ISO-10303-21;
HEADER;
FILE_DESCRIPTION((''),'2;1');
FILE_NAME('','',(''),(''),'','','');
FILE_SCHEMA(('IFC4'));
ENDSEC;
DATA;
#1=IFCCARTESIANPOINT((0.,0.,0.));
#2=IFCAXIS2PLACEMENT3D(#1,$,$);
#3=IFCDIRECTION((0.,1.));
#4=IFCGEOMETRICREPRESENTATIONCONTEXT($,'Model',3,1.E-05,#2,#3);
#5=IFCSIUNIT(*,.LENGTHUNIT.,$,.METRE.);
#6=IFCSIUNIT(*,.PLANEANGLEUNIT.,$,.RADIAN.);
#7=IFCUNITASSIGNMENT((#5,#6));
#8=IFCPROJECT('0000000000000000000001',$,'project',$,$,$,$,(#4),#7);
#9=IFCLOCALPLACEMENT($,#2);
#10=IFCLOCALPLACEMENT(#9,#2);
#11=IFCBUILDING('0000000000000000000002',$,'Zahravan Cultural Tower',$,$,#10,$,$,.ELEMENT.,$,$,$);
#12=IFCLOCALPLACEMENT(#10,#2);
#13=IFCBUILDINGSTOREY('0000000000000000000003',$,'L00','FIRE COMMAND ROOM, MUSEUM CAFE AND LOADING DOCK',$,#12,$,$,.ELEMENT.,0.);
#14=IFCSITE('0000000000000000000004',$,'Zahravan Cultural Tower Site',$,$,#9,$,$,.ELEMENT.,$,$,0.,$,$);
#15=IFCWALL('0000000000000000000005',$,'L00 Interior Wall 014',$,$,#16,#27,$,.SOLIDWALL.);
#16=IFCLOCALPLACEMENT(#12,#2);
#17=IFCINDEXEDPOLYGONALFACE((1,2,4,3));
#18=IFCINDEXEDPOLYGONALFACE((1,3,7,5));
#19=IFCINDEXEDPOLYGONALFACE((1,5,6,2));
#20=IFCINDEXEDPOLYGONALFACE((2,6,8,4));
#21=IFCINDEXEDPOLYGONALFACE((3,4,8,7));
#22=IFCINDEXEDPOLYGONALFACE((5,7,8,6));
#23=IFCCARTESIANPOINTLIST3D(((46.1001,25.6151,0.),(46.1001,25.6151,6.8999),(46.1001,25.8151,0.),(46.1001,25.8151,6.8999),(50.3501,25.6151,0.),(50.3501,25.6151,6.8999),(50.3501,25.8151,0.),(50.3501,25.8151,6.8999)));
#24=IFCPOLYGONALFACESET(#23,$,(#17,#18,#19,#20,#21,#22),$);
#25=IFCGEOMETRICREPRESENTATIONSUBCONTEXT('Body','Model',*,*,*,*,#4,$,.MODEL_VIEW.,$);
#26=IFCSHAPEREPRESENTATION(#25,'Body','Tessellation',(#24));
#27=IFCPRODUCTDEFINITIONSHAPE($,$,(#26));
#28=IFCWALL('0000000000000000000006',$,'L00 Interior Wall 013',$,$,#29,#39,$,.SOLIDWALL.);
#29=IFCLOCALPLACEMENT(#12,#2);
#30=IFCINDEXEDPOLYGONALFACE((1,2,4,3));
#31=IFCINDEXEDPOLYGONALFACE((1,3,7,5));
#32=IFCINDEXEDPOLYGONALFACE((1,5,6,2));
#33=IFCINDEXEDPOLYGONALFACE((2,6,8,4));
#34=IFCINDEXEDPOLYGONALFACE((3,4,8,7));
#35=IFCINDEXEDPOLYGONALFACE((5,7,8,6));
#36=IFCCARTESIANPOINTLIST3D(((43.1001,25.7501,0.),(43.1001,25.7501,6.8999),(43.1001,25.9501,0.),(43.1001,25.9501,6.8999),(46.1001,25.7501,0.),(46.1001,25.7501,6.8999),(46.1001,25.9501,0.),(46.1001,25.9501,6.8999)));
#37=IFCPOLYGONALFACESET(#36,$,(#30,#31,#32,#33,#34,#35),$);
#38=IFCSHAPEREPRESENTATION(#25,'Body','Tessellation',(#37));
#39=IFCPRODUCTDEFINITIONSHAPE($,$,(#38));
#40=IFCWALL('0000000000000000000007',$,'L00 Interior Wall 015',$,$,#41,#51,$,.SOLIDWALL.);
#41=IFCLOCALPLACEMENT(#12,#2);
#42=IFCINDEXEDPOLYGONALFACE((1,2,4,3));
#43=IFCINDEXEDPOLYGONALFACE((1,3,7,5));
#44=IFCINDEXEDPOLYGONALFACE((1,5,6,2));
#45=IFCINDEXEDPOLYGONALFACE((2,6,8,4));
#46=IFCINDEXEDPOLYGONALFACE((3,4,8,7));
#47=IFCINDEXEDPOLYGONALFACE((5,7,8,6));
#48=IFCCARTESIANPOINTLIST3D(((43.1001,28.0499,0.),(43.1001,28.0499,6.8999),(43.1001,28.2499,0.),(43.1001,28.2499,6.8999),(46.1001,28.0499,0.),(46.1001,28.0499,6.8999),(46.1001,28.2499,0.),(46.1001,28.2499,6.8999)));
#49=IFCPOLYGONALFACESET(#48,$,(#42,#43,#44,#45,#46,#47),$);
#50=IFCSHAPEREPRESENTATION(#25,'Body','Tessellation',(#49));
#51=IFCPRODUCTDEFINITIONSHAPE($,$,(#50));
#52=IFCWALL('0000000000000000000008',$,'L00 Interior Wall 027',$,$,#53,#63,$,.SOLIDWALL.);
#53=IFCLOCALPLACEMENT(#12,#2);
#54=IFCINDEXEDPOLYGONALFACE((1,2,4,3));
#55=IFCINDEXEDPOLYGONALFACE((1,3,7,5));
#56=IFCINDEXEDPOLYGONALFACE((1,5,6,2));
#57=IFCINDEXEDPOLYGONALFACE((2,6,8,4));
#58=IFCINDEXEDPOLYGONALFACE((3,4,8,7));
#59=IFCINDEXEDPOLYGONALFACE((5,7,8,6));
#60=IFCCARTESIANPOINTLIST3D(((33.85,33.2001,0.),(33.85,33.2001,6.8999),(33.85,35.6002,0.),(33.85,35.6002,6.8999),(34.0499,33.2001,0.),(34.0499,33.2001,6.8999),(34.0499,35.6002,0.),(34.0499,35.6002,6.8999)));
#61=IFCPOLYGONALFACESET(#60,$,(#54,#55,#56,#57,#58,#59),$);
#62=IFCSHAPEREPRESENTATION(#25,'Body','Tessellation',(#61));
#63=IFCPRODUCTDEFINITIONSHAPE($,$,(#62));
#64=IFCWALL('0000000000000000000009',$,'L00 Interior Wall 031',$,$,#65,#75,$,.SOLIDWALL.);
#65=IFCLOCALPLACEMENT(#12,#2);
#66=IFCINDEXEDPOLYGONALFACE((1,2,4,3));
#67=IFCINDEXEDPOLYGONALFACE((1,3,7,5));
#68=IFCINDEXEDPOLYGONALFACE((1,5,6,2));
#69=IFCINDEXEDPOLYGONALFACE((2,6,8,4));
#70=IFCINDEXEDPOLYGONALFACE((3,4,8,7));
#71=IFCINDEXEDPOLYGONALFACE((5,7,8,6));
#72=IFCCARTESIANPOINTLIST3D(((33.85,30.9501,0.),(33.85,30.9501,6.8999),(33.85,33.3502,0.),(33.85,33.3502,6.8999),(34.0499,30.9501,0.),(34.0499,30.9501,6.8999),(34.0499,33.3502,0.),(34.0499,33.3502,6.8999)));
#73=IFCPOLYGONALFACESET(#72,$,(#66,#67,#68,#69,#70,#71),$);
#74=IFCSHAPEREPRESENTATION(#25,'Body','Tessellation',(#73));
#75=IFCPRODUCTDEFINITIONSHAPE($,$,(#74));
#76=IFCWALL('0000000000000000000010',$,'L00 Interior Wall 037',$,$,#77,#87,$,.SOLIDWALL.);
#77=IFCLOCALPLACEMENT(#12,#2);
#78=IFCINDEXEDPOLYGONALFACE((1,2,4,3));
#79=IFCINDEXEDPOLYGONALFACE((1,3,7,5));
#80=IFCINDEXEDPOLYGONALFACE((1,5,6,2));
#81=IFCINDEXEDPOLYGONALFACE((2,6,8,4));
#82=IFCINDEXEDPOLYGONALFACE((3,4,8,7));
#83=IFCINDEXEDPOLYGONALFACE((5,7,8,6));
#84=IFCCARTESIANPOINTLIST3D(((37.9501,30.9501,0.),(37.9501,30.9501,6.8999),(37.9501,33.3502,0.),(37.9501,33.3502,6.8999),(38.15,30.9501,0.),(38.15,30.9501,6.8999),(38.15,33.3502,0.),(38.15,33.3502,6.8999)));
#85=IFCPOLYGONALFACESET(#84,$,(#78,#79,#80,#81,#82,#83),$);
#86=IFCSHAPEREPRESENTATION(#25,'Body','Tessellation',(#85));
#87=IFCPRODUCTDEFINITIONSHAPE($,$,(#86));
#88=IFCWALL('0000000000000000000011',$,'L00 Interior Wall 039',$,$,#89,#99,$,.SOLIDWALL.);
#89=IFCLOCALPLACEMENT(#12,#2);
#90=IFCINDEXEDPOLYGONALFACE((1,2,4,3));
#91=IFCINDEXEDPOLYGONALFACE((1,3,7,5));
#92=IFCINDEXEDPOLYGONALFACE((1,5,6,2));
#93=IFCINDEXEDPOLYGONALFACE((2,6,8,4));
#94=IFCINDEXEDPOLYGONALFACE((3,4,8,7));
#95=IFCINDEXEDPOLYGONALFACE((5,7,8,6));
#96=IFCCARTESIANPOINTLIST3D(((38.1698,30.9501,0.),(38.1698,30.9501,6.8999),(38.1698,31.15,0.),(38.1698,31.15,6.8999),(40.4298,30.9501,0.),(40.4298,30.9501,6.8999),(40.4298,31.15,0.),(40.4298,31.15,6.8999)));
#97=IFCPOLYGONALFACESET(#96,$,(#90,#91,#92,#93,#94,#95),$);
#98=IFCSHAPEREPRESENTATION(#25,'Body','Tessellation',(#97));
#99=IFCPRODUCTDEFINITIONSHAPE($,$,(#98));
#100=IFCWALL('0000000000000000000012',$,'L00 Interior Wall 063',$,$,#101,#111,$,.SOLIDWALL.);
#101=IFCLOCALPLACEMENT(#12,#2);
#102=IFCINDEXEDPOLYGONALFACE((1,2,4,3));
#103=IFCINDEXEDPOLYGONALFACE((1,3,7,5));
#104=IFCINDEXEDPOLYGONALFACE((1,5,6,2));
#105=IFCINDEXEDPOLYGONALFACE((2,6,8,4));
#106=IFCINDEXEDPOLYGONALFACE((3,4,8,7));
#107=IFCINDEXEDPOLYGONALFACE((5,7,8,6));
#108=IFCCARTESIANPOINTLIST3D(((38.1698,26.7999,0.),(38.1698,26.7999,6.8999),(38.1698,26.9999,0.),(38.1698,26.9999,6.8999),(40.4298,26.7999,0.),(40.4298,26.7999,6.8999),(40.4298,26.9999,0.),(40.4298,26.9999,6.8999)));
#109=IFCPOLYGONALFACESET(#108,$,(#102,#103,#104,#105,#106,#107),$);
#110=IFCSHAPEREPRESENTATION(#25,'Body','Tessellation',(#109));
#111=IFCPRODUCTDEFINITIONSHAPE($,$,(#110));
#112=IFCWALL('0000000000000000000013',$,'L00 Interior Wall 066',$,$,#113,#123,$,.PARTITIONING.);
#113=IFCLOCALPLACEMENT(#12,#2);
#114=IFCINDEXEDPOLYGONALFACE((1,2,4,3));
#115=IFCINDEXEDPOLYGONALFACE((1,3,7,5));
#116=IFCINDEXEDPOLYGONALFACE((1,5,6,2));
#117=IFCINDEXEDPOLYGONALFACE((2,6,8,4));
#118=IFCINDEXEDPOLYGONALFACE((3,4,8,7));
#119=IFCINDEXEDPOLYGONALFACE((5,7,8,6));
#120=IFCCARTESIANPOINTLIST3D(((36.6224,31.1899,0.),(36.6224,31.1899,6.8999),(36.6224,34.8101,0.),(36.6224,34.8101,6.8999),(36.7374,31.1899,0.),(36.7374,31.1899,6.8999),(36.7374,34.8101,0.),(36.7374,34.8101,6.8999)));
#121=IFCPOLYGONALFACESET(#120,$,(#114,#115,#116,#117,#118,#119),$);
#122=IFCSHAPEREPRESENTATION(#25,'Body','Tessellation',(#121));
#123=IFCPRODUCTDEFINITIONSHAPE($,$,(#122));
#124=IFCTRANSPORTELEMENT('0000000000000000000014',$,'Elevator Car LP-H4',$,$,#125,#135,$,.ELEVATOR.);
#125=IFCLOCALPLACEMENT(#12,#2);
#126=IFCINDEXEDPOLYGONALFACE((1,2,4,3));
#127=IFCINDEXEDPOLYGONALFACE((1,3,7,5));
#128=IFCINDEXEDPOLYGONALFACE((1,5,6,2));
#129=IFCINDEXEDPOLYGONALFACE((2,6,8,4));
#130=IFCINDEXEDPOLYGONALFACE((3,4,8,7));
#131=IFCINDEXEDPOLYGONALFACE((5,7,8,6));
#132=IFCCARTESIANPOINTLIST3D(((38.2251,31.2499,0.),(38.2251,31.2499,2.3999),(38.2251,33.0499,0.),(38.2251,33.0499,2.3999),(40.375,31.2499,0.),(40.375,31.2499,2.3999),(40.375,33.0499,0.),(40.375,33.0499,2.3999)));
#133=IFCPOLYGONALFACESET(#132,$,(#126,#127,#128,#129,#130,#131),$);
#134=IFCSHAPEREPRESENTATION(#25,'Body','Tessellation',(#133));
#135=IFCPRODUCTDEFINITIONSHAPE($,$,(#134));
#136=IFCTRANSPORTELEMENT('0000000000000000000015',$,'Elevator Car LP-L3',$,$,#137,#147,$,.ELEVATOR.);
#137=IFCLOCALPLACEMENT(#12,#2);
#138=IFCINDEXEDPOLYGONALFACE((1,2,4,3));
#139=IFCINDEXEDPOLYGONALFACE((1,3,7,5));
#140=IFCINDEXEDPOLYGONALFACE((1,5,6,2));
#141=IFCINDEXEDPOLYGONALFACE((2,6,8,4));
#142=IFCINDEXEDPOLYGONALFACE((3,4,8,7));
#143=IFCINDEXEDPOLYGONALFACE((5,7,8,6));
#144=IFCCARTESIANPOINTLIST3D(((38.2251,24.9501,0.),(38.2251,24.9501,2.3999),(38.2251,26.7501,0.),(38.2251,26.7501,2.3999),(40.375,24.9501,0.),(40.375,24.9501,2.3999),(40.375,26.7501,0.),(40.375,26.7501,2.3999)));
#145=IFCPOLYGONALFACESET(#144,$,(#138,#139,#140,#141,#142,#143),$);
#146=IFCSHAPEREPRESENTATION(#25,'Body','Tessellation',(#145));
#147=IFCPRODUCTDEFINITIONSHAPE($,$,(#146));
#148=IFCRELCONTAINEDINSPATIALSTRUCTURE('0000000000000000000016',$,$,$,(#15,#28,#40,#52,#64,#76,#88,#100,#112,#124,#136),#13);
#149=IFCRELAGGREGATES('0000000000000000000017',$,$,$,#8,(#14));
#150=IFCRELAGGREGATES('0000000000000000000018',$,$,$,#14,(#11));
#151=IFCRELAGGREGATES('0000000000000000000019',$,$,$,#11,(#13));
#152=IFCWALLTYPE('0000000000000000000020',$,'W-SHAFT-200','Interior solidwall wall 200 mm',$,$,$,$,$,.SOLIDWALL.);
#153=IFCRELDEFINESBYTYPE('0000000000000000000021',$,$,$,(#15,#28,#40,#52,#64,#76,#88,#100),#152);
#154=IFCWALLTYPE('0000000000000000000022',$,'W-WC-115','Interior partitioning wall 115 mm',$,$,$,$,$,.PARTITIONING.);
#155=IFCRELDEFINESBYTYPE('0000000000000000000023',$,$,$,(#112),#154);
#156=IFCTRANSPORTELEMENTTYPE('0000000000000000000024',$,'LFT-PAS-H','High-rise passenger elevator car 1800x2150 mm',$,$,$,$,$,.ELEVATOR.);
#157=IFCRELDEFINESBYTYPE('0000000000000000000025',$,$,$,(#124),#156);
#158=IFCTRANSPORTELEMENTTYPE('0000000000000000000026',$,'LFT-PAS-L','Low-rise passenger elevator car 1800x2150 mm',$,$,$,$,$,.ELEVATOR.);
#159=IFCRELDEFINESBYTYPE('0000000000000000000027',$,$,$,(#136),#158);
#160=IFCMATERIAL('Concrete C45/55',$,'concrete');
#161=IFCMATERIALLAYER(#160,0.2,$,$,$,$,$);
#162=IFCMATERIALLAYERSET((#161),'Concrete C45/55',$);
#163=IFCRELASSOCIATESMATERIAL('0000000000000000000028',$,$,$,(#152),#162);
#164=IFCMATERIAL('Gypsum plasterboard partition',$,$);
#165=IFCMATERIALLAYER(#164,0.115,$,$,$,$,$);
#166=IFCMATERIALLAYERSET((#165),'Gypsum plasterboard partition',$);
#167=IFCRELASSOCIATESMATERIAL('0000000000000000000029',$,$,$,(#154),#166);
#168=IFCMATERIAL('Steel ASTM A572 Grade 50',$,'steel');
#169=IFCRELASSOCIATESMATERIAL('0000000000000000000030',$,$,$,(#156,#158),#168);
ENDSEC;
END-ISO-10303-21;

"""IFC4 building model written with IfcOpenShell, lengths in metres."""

from ifc_helpers import new_model, si_unit, direction, frame, frame_2d, origin, origin_2d, place, context, subcontext, project, spatial, rectangle, extrude, source, transform, mapped, material, layer, layer_set, type_object, element, save


model = new_model("IFC4")

# Units and contexts
model_context = context("Model", 3, precision=1e-05, world=origin(), true_north=direction((0.0, 1.0)))
body_context = subcontext(model_context, "Body", "Model", "MODEL_VIEW")
ifc_project = project(units=[si_unit("LENGTHUNIT", "METRE"), si_unit("PLANEANGLEUNIT", "RADIAN")], contexts=[model_context])

# Site, building, storey
site_placement = place(None, origin())
site = spatial("IfcSite", under=ifc_project, at=site_placement, Name="Zahravan Cultural Tower Site", CompositionType="ELEMENT", RefElevation=0.0)
building_placement = place(site_placement, origin())
building = spatial("IfcBuilding", under=site, at=building_placement, Name="Zahravan Cultural Tower", CompositionType="ELEMENT")
storey_placement = place(building_placement, origin())
storey = spatial("IfcBuildingStorey", under=building, at=storey_placement, Name="L00", Description="FIRE COMMAND ROOM, MUSEUM CAFE AND LOADING DOCK", CompositionType="ELEMENT", Elevation=0.0)

# Shared definitions
ifc_material_1 = material(Name="Steel ASTM A572 Grade 50", Category="steel")
ifc_material_2 = material(Name="Concrete C45/55", Category="concrete")
ifc_layer_1 = layer(ifc_material_2, 0.2)
ifc_layer_set_1 = layer_set([ifc_layer_1], Name="Concrete C45/55")
wall_type_1 = type_object("IfcWallType", Name="W-SHAFT-200", Description="Interior solidwall wall 200 mm", PredefinedType="SOLIDWALL", material=ifc_layer_set_1)
ifc_material_3 = material(Name="Gypsum plasterboard partition")
ifc_layer_2 = layer(ifc_material_3, 0.115)
ifc_layer_set_2 = layer_set([ifc_layer_2], Name="Gypsum plasterboard partition")
wall_type_2 = type_object("IfcWallType", Name="W-WC-115", Description="Interior partitioning wall 115 mm", PredefinedType="PARTITIONING", material=ifc_layer_set_2)

# Walls
shared_shape_1 = source(origin(), body_context, "Body", "SweptSolid", [
    extrude(rectangle(XDim=4.25, YDim=0.2, at=frame_2d((2.125, 0.0))), origin(), (0.0, 0.0, 1.0), 6.8999),
])
wall_1_placement = place(storey_placement, frame((46.1001, 25.7151, 0.0), z_axis=(0.0, 0.0, 1.0), x_axis=(1.0, 0.0, 0.0)))
element("IfcWall", 1, at=wall_1_placement, inside=storey, type_object=wall_type_1, Name="L00 Interior Wall 014", PredefinedType="SOLIDWALL", context=body_context, shape_type="MappedRepresentation", body=[
    mapped(shared_shape_1, transform((0.0, 0.0, 0.0), x_axis=(1.0, 0.0, 0.0), y_axis=(0.0, 1.0, 0.0), z_axis=(0.0, 0.0, 1.0), scale=1.0)),
])
shared_shape_2 = source(origin(), body_context, "Body", "SweptSolid", [
    extrude(rectangle(XDim=3.0, YDim=0.2, at=frame_2d((1.5, 0.0))), origin(), (0.0, 0.0, 1.0), 6.8999),
])
for number, where, z_axis, x_axis, name in (
    (2, (43.1001, 25.8501, 0.0), (0.0, 0.0, 1.0), (1.0, 0.0, 0.0), "L00 Interior Wall 013"),
    (3, (43.1001, 28.1499, 0.0), (0.0, 0.0, 1.0), (1.0, 0.0, 0.0), "L00 Interior Wall 015"),
):
    element("IfcWall", number, at=place(storey_placement, frame(where, z_axis=z_axis, x_axis=x_axis)), inside=storey, type_object=wall_type_1, Name=name, PredefinedType="SOLIDWALL", context=body_context, shape_type="MappedRepresentation", body=[
        mapped(shared_shape_2, transform((0.0, 0.0, 0.0), x_axis=(1.0, 0.0, 0.0), y_axis=(0.0, 1.0, 0.0), z_axis=(0.0, 0.0, 1.0), scale=1.0)),
    ])
shared_shape_3 = source(origin(), body_context, "Body", "SweptSolid", [
    extrude(rectangle(XDim=2.4001, YDim=0.2, at=frame_2d((1.2002, 0.0))), origin(), (0.0, 0.0, 1.0), 6.8999),
])
for number, where, z_axis, x_axis, name in (
    (4, (33.95, 33.2, 0.0), (0.0, 0.0, 1.0), (0.0, 1.0, 0.0), "L00 Interior Wall 027"),
    (5, (33.95, 30.95, 0.0), (0.0, 0.0, 1.0), (0.0, 1.0, 0.0), "L00 Interior Wall 031"),
    (6, (38.05, 30.95, 0.0), (0.0, 0.0, 1.0), (0.0, 1.0, 0.0), "L00 Interior Wall 037"),
):
    element("IfcWall", number, at=place(storey_placement, frame(where, z_axis=z_axis, x_axis=x_axis)), inside=storey, type_object=wall_type_1, Name=name, PredefinedType="SOLIDWALL", context=body_context, shape_type="MappedRepresentation", body=[
        mapped(shared_shape_3, transform((0.0, 0.0, 0.0), x_axis=(1.0, 0.0, 0.0), y_axis=(0.0, 1.0, 0.0), z_axis=(0.0, 0.0, 1.0), scale=1.0)),
    ])
shared_shape_4 = source(origin(), body_context, "Body", "SweptSolid", [
    extrude(rectangle(XDim=2.26, YDim=0.2, at=frame_2d((1.1299, 0.0))), origin(), (0.0, 0.0, 1.0), 6.8999),
])
for number, where, z_axis, x_axis, name in (
    (7, (38.1699, 31.05, 0.0), (0.0, 0.0, 1.0), (1.0, 0.0, 0.0), "L00 Interior Wall 039"),
    (8, (38.1699, 26.8999, 0.0), (0.0, 0.0, 1.0), (1.0, 0.0, 0.0), "L00 Interior Wall 063"),
):
    element("IfcWall", number, at=place(storey_placement, frame(where, z_axis=z_axis, x_axis=x_axis)), inside=storey, type_object=wall_type_1, Name=name, PredefinedType="SOLIDWALL", context=body_context, shape_type="MappedRepresentation", body=[
        mapped(shared_shape_4, transform((0.0, 0.0, 0.0), x_axis=(1.0, 0.0, 0.0), y_axis=(0.0, 1.0, 0.0), z_axis=(0.0, 0.0, 1.0), scale=1.0)),
    ])
shared_shape_5 = source(origin(), body_context, "Body", "SweptSolid", [
    extrude(rectangle(XDim=3.6201, YDim=0.115, at=frame_2d((1.8101, 0.0))), origin(), (0.0, 0.0, 1.0), 6.8999),
])
wall_2_placement = place(storey_placement, frame((36.6799, 31.1899, 0.0), z_axis=(0.0, 0.0, 1.0), x_axis=(0.0, 1.0, 0.0)))
element("IfcWall", 9, at=wall_2_placement, inside=storey, type_object=wall_type_2, Name="L00 Interior Wall 066", PredefinedType="PARTITIONING", context=body_context, shape_type="MappedRepresentation", body=[
    mapped(shared_shape_5, transform((0.0, 0.0, 0.0), x_axis=(1.0, 0.0, 0.0), y_axis=(0.0, 1.0, 0.0), z_axis=(0.0, 0.0, 1.0), scale=1.0)),
])

# Transport elements
transport_element_type_1 = type_object("IfcTransportElementType", Name="LFT-PAS-H", Description="High-rise passenger elevator car 1800x2150 mm", PredefinedType="ELEVATOR", material=ifc_material_1)
shared_shape_6 = source(origin(), body_context, "Body", "SweptSolid", [
    extrude(rectangle(XDim=2.1499, YDim=1.8, at=origin_2d()), origin(), (0.0, 0.0, 1.0), 2.3999),
])
transport_element_1_placement = place(storey_placement, frame((39.3, 32.1499, 0.0), z_axis=(0.0, 0.0, 1.0), x_axis=(1.0, 0.0, 0.0)))
element("IfcTransportElement", 10, at=transport_element_1_placement, inside=storey, type_object=transport_element_type_1, Name="Elevator Car LP-H4", PredefinedType="ELEVATOR", context=body_context, shape_type="MappedRepresentation", body=[
    mapped(shared_shape_6, transform((0.0, 0.0, 0.0), x_axis=(1.0, 0.0, 0.0), y_axis=(0.0, 1.0, 0.0), z_axis=(0.0, 0.0, 1.0), scale=1.0)),
])
transport_element_type_2 = type_object("IfcTransportElementType", Name="LFT-PAS-L", Description="Low-rise passenger elevator car 1800x2150 mm", PredefinedType="ELEVATOR", material=ifc_material_1)
transport_element_2_placement = place(storey_placement, frame((39.3, 25.8501, 0.0), z_axis=(0.0, 0.0, 1.0), x_axis=(1.0, 0.0, 0.0)))
element("IfcTransportElement", 11, at=transport_element_2_placement, inside=storey, type_object=transport_element_type_2, Name="Elevator Car LP-L3", PredefinedType="ELEVATOR", context=body_context, shape_type="MappedRepresentation", body=[
    mapped(shared_shape_6, transform((0.0, 0.0, 0.0), x_axis=(1.0, 0.0, 0.0), y_axis=(0.0, 1.0, 0.0), z_axis=(0.0, 0.0, 1.0), scale=1.0)),
])

save(model, "model.ifc")
